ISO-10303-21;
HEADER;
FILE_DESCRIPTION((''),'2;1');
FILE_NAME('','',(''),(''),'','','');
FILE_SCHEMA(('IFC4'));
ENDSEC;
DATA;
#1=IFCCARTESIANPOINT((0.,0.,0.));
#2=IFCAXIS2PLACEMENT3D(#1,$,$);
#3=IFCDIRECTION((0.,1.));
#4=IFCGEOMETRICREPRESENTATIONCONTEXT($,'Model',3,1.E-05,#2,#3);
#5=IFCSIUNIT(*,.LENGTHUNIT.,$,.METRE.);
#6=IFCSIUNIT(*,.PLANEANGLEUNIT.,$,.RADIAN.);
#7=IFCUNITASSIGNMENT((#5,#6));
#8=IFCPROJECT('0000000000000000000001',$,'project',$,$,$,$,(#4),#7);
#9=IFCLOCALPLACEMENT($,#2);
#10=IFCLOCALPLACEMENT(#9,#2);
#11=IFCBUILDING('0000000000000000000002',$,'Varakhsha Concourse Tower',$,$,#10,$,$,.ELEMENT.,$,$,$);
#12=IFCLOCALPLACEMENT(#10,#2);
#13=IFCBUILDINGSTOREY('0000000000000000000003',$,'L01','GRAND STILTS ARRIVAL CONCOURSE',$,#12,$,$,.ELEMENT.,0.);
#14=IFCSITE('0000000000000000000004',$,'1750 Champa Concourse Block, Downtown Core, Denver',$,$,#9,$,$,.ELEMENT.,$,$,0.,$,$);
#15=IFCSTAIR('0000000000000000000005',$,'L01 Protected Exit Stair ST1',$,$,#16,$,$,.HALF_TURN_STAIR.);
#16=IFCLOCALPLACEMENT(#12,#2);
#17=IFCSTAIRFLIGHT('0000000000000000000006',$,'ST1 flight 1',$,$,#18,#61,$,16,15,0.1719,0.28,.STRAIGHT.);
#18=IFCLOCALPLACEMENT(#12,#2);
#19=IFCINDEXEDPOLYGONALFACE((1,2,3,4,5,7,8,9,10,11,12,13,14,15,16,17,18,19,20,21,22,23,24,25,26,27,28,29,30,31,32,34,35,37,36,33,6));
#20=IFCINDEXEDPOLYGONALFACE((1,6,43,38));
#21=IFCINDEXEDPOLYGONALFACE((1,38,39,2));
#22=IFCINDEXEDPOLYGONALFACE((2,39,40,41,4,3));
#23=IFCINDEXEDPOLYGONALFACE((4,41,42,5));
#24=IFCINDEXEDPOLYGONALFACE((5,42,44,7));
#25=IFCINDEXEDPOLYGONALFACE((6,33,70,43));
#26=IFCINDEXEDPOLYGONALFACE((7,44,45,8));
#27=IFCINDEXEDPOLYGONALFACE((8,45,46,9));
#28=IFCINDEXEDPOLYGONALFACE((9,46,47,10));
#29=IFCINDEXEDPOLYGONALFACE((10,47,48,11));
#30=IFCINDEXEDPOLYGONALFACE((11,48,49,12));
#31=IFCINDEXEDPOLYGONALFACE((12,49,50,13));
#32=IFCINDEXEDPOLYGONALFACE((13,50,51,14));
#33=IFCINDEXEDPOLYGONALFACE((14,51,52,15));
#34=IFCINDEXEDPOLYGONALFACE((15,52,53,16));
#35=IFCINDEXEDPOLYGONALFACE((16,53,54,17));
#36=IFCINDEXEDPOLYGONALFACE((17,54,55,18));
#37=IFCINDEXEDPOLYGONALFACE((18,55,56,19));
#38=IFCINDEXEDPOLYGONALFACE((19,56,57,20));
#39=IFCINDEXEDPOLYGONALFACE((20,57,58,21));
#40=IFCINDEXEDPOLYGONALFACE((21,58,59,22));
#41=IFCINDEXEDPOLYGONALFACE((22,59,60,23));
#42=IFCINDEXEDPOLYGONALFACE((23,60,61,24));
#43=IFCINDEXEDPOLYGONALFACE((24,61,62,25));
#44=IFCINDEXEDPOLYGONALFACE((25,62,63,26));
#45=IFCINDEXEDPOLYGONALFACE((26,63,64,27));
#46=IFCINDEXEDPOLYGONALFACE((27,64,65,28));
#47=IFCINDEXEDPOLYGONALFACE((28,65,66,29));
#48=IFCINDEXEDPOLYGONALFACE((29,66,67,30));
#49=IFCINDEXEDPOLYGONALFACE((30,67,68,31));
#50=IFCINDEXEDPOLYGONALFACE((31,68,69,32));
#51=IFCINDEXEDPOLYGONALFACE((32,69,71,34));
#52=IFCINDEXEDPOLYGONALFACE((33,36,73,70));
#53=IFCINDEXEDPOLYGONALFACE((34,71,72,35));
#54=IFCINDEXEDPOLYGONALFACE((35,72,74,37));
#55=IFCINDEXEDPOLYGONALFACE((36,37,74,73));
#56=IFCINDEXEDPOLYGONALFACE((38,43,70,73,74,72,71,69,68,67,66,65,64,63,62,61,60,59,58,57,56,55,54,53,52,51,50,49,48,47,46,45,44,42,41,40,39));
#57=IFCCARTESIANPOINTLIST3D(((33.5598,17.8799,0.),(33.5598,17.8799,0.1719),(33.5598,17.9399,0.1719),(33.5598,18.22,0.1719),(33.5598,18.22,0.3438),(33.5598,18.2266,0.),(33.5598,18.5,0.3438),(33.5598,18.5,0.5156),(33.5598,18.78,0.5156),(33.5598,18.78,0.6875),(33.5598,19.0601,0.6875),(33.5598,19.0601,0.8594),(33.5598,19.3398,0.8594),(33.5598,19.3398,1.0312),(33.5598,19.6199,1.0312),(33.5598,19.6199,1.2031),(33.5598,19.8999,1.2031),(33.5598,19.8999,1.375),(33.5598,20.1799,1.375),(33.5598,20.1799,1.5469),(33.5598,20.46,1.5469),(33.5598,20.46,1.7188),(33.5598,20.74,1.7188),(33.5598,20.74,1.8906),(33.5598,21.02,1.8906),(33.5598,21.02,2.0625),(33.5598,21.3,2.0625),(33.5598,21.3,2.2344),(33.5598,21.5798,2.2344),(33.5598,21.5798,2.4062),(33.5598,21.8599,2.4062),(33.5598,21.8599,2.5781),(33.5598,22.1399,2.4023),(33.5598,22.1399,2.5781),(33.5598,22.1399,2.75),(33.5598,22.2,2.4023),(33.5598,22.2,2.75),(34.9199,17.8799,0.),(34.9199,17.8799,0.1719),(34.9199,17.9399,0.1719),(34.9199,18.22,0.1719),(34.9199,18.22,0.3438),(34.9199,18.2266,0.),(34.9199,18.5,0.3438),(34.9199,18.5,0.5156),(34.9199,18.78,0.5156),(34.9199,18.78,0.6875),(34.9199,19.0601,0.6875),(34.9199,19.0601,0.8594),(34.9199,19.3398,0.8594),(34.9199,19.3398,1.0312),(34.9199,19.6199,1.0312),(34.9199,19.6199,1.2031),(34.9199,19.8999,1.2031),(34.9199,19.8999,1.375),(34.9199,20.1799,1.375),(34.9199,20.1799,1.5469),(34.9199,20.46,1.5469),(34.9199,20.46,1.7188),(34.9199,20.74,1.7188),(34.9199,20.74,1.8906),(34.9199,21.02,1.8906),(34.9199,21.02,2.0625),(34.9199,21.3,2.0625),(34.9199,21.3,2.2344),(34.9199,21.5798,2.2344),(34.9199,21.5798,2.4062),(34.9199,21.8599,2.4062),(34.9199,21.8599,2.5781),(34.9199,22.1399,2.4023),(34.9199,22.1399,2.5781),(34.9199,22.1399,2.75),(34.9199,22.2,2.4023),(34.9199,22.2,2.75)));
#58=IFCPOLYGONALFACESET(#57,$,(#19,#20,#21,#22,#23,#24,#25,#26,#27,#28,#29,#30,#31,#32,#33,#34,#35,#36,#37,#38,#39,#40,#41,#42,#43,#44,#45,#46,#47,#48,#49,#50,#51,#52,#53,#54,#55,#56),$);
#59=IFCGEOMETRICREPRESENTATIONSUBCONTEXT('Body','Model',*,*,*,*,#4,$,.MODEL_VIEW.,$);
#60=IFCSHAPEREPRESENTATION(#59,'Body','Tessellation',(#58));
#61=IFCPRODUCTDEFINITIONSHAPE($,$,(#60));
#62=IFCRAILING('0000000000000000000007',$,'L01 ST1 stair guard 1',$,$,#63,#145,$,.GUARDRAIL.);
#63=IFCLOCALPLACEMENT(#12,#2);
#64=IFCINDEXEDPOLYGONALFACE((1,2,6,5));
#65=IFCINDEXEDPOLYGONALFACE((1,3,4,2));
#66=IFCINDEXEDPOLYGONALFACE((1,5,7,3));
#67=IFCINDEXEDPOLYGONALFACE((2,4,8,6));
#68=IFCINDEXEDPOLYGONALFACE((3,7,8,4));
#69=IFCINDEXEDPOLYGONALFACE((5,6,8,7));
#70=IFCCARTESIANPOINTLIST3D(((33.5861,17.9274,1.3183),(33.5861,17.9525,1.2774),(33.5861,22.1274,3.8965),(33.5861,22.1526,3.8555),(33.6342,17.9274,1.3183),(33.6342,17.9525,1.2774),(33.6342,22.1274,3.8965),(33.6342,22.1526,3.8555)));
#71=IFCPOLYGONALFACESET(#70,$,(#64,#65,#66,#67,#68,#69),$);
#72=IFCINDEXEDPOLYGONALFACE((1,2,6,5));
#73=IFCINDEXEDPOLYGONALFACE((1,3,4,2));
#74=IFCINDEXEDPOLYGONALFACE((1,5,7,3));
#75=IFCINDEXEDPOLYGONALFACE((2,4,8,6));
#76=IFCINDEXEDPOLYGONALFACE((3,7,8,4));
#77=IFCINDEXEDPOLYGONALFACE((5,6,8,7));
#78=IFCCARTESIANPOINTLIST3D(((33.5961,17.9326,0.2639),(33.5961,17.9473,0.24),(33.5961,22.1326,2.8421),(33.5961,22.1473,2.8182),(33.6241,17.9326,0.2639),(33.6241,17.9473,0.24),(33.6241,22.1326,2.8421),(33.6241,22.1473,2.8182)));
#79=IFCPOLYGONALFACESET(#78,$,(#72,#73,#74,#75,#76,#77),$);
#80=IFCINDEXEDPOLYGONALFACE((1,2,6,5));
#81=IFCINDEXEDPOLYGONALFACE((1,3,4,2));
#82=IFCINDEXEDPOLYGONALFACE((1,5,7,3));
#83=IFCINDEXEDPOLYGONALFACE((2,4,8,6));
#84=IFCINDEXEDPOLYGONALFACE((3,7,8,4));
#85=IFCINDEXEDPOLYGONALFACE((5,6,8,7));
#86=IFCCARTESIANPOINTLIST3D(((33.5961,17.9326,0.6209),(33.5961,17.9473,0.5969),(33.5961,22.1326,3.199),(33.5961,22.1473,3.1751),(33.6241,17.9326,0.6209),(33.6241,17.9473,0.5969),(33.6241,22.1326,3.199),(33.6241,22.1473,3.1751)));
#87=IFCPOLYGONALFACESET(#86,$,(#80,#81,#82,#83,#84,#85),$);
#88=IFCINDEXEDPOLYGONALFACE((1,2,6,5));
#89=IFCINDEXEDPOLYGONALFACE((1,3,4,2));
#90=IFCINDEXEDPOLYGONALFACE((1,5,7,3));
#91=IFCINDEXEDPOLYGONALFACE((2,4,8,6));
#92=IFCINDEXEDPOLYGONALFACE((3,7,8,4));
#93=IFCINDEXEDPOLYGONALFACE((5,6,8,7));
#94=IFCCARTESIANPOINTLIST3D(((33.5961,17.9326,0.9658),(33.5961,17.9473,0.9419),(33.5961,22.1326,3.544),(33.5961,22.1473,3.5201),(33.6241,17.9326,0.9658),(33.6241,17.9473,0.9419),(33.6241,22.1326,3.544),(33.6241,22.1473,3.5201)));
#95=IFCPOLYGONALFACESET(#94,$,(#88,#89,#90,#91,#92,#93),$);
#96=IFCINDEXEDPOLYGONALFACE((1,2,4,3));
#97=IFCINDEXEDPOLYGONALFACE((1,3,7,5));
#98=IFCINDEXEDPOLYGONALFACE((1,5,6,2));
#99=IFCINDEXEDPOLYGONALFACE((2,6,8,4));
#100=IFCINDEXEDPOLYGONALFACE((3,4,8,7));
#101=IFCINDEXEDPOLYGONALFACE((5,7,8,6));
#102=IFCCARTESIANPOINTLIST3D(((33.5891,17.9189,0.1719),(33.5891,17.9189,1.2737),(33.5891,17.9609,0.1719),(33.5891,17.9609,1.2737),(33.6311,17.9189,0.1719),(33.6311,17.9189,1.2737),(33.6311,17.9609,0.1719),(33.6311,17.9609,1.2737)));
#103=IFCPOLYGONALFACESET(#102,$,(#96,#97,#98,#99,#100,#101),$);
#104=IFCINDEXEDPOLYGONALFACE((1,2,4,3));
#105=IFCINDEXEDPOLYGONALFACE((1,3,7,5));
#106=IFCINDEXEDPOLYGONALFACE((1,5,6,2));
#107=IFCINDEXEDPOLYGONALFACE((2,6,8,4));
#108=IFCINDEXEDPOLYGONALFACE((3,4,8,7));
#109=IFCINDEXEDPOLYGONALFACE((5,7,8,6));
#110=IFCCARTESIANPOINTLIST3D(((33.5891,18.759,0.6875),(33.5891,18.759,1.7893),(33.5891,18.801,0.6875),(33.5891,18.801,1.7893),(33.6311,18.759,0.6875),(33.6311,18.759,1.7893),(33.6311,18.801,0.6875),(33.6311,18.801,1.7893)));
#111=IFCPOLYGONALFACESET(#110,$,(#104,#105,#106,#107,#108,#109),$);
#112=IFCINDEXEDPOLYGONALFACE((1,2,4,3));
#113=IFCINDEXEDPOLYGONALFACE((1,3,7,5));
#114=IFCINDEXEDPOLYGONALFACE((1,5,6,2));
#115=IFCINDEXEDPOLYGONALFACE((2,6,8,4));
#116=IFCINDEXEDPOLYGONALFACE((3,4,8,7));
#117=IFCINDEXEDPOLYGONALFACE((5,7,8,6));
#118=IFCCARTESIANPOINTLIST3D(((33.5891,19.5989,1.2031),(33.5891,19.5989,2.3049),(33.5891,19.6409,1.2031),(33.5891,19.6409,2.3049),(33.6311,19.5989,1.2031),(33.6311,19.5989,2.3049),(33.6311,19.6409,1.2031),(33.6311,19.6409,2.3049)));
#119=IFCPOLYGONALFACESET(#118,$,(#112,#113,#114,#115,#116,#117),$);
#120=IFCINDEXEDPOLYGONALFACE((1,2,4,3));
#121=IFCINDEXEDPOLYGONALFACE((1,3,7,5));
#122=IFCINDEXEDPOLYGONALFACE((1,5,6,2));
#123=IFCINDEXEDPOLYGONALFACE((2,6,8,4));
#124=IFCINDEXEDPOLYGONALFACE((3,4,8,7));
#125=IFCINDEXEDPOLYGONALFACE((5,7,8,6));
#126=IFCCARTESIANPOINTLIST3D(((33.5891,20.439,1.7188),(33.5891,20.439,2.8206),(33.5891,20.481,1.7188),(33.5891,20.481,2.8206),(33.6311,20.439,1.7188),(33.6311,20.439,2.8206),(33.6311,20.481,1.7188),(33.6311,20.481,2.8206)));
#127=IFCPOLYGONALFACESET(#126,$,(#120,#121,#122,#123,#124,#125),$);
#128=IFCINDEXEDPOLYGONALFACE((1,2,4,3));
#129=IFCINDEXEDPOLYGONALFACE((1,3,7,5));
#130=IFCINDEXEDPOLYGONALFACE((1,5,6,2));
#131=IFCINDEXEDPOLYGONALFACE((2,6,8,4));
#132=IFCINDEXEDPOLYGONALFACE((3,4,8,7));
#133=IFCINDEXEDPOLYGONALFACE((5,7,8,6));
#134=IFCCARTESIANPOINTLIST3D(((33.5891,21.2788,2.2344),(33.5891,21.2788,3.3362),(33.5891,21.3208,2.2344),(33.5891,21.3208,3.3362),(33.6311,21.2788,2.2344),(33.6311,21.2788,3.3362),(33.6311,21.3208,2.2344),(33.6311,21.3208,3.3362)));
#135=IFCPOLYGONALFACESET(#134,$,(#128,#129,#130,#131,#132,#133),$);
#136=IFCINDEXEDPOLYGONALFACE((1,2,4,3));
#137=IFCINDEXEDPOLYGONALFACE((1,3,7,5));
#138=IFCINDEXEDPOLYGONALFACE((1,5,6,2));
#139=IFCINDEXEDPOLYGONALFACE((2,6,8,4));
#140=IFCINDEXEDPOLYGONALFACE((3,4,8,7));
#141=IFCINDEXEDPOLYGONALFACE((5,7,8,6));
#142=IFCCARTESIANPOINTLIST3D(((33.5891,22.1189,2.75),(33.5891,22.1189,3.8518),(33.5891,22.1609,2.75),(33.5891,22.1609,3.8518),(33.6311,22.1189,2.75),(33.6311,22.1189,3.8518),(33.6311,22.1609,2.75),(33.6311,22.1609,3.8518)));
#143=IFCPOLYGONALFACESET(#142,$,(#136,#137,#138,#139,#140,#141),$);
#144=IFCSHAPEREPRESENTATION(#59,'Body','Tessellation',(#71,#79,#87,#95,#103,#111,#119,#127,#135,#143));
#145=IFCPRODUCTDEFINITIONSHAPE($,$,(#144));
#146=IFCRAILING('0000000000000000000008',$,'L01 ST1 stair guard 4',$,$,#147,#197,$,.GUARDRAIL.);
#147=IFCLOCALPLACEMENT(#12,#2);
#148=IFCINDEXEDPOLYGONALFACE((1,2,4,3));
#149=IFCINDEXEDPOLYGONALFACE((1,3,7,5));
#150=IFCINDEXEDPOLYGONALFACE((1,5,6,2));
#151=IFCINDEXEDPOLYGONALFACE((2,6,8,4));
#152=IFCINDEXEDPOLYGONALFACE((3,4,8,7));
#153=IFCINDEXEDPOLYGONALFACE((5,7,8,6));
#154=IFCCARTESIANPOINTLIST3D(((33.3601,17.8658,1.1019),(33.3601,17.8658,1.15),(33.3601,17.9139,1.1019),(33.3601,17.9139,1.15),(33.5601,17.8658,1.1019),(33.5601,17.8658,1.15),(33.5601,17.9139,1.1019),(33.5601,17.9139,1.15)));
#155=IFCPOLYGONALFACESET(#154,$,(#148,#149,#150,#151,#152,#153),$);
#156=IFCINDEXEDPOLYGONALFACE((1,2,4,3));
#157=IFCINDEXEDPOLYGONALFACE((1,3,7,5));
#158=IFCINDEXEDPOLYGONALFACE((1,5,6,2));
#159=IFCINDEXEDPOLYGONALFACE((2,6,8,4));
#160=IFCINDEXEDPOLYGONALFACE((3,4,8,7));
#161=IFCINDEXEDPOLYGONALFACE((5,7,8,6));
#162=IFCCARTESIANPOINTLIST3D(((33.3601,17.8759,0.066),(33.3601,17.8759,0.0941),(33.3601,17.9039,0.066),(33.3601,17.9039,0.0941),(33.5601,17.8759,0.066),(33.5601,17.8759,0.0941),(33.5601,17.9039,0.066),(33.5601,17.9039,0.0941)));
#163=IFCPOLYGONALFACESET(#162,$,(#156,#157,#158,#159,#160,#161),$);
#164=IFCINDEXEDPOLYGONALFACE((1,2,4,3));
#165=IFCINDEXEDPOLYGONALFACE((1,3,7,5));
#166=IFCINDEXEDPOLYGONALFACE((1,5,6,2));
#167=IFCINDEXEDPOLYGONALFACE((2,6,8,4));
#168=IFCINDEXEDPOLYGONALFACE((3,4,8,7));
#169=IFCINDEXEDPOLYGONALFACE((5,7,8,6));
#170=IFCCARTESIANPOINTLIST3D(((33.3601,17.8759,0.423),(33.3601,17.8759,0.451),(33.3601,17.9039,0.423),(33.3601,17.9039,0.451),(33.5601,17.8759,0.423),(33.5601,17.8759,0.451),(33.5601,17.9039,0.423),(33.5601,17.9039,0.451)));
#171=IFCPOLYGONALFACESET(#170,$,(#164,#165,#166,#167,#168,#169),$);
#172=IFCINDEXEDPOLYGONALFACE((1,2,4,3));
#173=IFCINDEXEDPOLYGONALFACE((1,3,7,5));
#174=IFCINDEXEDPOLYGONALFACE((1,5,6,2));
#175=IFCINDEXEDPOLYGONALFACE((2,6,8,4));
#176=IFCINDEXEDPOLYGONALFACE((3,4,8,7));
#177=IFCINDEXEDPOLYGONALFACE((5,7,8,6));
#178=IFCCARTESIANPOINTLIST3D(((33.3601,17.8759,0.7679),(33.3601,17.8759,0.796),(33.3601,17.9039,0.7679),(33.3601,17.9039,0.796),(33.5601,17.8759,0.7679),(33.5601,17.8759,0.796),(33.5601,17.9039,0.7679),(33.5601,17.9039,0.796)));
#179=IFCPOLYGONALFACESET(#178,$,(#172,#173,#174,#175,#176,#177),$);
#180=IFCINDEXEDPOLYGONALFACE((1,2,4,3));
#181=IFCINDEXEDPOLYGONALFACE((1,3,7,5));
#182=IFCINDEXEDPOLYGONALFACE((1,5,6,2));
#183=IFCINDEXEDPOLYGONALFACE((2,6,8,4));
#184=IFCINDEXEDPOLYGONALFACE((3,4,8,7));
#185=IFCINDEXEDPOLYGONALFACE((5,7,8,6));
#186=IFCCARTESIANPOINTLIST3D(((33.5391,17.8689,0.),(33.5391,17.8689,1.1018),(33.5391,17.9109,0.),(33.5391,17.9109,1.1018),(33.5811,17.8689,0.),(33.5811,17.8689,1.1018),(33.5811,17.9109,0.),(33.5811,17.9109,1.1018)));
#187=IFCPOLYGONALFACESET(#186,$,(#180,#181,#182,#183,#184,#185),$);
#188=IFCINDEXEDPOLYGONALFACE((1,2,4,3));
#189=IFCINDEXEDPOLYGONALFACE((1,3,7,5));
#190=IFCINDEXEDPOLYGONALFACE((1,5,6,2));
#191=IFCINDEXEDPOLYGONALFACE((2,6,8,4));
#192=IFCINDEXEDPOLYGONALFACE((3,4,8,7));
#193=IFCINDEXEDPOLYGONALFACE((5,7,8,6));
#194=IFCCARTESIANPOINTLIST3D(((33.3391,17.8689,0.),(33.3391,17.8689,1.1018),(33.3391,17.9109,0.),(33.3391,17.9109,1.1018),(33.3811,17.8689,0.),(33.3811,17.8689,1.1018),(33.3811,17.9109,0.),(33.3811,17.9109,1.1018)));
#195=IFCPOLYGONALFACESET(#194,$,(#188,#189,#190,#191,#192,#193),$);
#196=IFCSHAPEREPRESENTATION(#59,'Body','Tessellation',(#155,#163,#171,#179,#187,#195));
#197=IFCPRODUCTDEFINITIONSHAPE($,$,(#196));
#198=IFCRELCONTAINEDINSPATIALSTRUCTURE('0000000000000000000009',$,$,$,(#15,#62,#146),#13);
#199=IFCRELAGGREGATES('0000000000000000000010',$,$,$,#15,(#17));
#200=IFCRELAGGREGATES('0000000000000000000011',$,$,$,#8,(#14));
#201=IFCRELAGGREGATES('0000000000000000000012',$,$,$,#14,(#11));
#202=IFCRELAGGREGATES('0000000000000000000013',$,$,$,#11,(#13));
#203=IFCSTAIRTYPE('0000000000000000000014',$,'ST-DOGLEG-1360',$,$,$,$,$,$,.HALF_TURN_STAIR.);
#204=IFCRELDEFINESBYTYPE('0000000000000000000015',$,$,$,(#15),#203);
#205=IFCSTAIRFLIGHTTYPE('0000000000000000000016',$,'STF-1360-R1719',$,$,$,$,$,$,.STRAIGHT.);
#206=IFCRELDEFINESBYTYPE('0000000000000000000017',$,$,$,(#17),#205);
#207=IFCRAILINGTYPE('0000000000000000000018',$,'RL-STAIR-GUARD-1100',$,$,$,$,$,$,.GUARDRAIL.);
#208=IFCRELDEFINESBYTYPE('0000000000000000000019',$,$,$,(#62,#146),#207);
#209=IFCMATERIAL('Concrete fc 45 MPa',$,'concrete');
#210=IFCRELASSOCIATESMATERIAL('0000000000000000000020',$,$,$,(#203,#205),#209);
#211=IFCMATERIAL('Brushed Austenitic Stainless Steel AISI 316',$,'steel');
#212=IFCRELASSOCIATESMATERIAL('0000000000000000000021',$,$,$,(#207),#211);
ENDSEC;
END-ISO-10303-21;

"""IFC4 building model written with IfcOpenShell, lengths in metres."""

from ifc_helpers import new_model, si_unit, direction, frame, origin, origin_2d, place, context, subcontext, project, spatial, polyline, rectangle, outline, extrude, material, type_object, element, aggregate, save


model = new_model("IFC4")

# Units and contexts
model_context = context("Model", 3, precision=1e-05, world=origin(), true_north=direction((0.0, 1.0)))
body_context = subcontext(model_context, "Body", "Model", "MODEL_VIEW")
ifc_project = project(units=[si_unit("LENGTHUNIT", "METRE"), si_unit("PLANEANGLEUNIT", "RADIAN")], contexts=[model_context])

# Site, building, storey
site_placement = place(None, origin())
site = spatial("IfcSite", under=ifc_project, at=site_placement, Name="1750 Champa Concourse Block, Downtown Core, Denver", CompositionType="ELEMENT", RefElevation=0.0)
building_placement = place(site_placement, origin())
building = spatial("IfcBuilding", under=site, at=building_placement, Name="Varakhsha Concourse Tower", CompositionType="ELEMENT")
storey_placement = place(building_placement, origin())
storey = spatial("IfcBuildingStorey", under=building, at=storey_placement, Name="L01", Description="GRAND STILTS ARRIVAL CONCOURSE", CompositionType="ELEMENT", Elevation=0.0)

# Shared definitions
ifc_material_1 = material(Name="Concrete fc 45 MPa", Category="concrete")

# Stair, stair flight
stair_type = type_object("IfcStairType", Name="ST-DOGLEG-1360", PredefinedType="HALF_TURN_STAIR", material=ifc_material_1)
stair_placement = place(storey_placement, origin())
stair = element("IfcStair", 1, at=stair_placement, inside=storey, type_object=stair_type, Name="L01 Protected Exit Stair ST1", PredefinedType="HALF_TURN_STAIR")
stair_flight_type = type_object("IfcStairFlightType", Name="STF-1360-R1719", PredefinedType="STRAIGHT", material=ifc_material_1)
stair_flight_placement = place(storey_placement, frame((34.24, 17.9399, 0.0), z_axis=(0.0, 0.0, 1.0), x_axis=(0.0, 1.0, 0.0)))
stair_flight = element("IfcStairFlight", 2, at=stair_flight_placement, type_object=stair_flight_type, Name="ST1 flight 1", NumberOfRisers=16, NumberOfTreads=15, PredefinedType="STRAIGHT", RiserHeight=0.1719, TreadLength=0.28, context=body_context, shape_type="SweptSolid", body=[
    extrude(outline(polyline([(-0.0601, 0.0), (-0.0601, 0.1719), (0.0, 0.1719), (0.28, 0.1719), (0.28, 0.3438), (0.5601, 0.3438), (0.5601, 0.5156), (0.8401, 0.5156), (0.8401, 0.6875), (1.1201, 0.6875), (1.1201, 0.8594), (1.3999, 0.8594), (1.3999, 1.0312), (1.6799, 1.0312), (1.6799, 1.2031), (1.96, 1.2031), (1.96, 1.375), (2.24, 1.375), (2.24, 1.5469), (2.52, 1.5469), (2.52, 1.7188), (2.8, 1.7188), (2.8, 1.8906), (3.0801, 1.8906), (3.0801, 2.0625), (3.3601, 2.0625), (3.3601, 2.2344), (3.6399, 2.2344), (3.6399, 2.4062), (3.9199, 2.4062), (3.9199, 2.5781), (4.2, 2.5781), (4.2, 2.75), (4.26, 2.75), (4.26, 2.4023), (4.2, 2.4023), (0.2866, 0.0), (-0.0601, 0.0)])), frame((0.0, 0.6802, 0.0), z_axis=(0.0, -1.0, 0.0), x_axis=(1.0, 0.0, 0.0)), (0.0, 0.0, 1.0), 1.3601),
])
aggregate(stair, [stair_flight])

# Railings
ifc_material_2 = material(Name="Brushed Austenitic Stainless Steel AISI 316", Category="steel")
railing_type_1 = type_object("IfcRailingType", Name="RL-STAIR-GUARD-1100", PredefinedType="GUARDRAIL", material=ifc_material_2)
railing_1_placement = place(storey_placement, frame((33.6101, 17.9399, 0.1719)))
element("IfcRailing", 3, at=railing_1_placement, inside=storey, type_object=railing_type_1, Name="L01 ST1 stair guard 1", PredefinedType="GUARDRAIL", context=body_context, shape_type="SweptSolid", body=[
    extrude(rectangle(XDim=0.0481, YDim=0.0481, at=origin_2d()), frame((0.0, 0.0, 1.126), z_axis=(0.0, 0.852243, 0.523146), x_axis=(-1.0, 0.0, 0.0)), (0.0, 0.0, 1.0), 4.9282),
    extrude(rectangle(XDim=0.0281, YDim=0.0281, at=origin_2d()), frame((0.0, 0.0, 0.0801), z_axis=(0.0, 0.852243, 0.523146), x_axis=(-1.0, 0.0, 0.0)), (0.0, 0.0, 1.0), 4.9282),
    extrude(rectangle(XDim=0.0281, YDim=0.0281, at=origin_2d()), frame((0.0, 0.0, 0.437), z_axis=(0.0, 0.852243, 0.523146), x_axis=(-1.0, 0.0, 0.0)), (0.0, 0.0, 1.0), 4.9282),
    extrude(rectangle(XDim=0.0281, YDim=0.0281, at=origin_2d()), frame((0.0, 0.0, 0.782), z_axis=(0.0, 0.852243, 0.523146), x_axis=(-1.0, 0.0, 0.0)), (0.0, 0.0, 1.0), 4.9282),
    extrude(rectangle(XDim=0.042, YDim=0.042, at=origin_2d()), origin(), (0.0, 0.0, 1.0), 1.1018),
    extrude(rectangle(XDim=0.042, YDim=0.042, at=origin_2d()), frame((0.0, 0.8401, 0.5156)), (0.0, 0.0, 1.0), 1.1018),
    extrude(rectangle(XDim=0.042, YDim=0.042, at=origin_2d()), frame((0.0, 1.6799, 1.0312)), (0.0, 0.0, 1.0), 1.1018),
    extrude(rectangle(XDim=0.042, YDim=0.042, at=origin_2d()), frame((0.0, 2.52, 1.5469)), (0.0, 0.0, 1.0), 1.1018),
    extrude(rectangle(XDim=0.042, YDim=0.042, at=origin_2d()), frame((0.0, 3.3599, 2.0625)), (0.0, 0.0, 1.0), 1.1018),
    extrude(rectangle(XDim=0.042, YDim=0.042, at=origin_2d()), frame((0.0, 4.2, 2.5781)), (0.0, 0.0, 1.0), 1.1018),
])
railing_2_placement = place(storey_placement, frame((33.5601, 17.8899, 0.0)))
element("IfcRailing", 4, at=railing_2_placement, inside=storey, type_object=railing_type_1, Name="L01 ST1 stair guard 4", PredefinedType="GUARDRAIL", context=body_context, shape_type="SweptSolid", body=[
    extrude(rectangle(XDim=0.0481, YDim=0.0481, at=origin_2d()), frame((0.0, 0.0, 1.126), z_axis=(-1.0, 0.0, 0.0), x_axis=(0.0, -1.0, 0.0)), (0.0, 0.0, 1.0), 0.2),
    extrude(rectangle(XDim=0.0281, YDim=0.0281, at=origin_2d()), frame((0.0, 0.0, 0.0801), z_axis=(-1.0, 0.0, 0.0), x_axis=(0.0, -1.0, 0.0)), (0.0, 0.0, 1.0), 0.2),
    extrude(rectangle(XDim=0.0281, YDim=0.0281, at=origin_2d()), frame((0.0, 0.0, 0.437), z_axis=(-1.0, 0.0, 0.0), x_axis=(0.0, -1.0, 0.0)), (0.0, 0.0, 1.0), 0.2),
    extrude(rectangle(XDim=0.0281, YDim=0.0281, at=origin_2d()), frame((0.0, 0.0, 0.782), z_axis=(-1.0, 0.0, 0.0), x_axis=(0.0, -1.0, 0.0)), (0.0, 0.0, 1.0), 0.2),
    extrude(rectangle(XDim=0.042, YDim=0.042, at=origin_2d()), origin(), (0.0, 0.0, 1.0), 1.1018),
    extrude(rectangle(XDim=0.042, YDim=0.042, at=origin_2d()), frame((-0.2, 0.0, 0.0)), (0.0, 0.0, 1.0), 1.1018),
])

save(model, "model.ifc")
